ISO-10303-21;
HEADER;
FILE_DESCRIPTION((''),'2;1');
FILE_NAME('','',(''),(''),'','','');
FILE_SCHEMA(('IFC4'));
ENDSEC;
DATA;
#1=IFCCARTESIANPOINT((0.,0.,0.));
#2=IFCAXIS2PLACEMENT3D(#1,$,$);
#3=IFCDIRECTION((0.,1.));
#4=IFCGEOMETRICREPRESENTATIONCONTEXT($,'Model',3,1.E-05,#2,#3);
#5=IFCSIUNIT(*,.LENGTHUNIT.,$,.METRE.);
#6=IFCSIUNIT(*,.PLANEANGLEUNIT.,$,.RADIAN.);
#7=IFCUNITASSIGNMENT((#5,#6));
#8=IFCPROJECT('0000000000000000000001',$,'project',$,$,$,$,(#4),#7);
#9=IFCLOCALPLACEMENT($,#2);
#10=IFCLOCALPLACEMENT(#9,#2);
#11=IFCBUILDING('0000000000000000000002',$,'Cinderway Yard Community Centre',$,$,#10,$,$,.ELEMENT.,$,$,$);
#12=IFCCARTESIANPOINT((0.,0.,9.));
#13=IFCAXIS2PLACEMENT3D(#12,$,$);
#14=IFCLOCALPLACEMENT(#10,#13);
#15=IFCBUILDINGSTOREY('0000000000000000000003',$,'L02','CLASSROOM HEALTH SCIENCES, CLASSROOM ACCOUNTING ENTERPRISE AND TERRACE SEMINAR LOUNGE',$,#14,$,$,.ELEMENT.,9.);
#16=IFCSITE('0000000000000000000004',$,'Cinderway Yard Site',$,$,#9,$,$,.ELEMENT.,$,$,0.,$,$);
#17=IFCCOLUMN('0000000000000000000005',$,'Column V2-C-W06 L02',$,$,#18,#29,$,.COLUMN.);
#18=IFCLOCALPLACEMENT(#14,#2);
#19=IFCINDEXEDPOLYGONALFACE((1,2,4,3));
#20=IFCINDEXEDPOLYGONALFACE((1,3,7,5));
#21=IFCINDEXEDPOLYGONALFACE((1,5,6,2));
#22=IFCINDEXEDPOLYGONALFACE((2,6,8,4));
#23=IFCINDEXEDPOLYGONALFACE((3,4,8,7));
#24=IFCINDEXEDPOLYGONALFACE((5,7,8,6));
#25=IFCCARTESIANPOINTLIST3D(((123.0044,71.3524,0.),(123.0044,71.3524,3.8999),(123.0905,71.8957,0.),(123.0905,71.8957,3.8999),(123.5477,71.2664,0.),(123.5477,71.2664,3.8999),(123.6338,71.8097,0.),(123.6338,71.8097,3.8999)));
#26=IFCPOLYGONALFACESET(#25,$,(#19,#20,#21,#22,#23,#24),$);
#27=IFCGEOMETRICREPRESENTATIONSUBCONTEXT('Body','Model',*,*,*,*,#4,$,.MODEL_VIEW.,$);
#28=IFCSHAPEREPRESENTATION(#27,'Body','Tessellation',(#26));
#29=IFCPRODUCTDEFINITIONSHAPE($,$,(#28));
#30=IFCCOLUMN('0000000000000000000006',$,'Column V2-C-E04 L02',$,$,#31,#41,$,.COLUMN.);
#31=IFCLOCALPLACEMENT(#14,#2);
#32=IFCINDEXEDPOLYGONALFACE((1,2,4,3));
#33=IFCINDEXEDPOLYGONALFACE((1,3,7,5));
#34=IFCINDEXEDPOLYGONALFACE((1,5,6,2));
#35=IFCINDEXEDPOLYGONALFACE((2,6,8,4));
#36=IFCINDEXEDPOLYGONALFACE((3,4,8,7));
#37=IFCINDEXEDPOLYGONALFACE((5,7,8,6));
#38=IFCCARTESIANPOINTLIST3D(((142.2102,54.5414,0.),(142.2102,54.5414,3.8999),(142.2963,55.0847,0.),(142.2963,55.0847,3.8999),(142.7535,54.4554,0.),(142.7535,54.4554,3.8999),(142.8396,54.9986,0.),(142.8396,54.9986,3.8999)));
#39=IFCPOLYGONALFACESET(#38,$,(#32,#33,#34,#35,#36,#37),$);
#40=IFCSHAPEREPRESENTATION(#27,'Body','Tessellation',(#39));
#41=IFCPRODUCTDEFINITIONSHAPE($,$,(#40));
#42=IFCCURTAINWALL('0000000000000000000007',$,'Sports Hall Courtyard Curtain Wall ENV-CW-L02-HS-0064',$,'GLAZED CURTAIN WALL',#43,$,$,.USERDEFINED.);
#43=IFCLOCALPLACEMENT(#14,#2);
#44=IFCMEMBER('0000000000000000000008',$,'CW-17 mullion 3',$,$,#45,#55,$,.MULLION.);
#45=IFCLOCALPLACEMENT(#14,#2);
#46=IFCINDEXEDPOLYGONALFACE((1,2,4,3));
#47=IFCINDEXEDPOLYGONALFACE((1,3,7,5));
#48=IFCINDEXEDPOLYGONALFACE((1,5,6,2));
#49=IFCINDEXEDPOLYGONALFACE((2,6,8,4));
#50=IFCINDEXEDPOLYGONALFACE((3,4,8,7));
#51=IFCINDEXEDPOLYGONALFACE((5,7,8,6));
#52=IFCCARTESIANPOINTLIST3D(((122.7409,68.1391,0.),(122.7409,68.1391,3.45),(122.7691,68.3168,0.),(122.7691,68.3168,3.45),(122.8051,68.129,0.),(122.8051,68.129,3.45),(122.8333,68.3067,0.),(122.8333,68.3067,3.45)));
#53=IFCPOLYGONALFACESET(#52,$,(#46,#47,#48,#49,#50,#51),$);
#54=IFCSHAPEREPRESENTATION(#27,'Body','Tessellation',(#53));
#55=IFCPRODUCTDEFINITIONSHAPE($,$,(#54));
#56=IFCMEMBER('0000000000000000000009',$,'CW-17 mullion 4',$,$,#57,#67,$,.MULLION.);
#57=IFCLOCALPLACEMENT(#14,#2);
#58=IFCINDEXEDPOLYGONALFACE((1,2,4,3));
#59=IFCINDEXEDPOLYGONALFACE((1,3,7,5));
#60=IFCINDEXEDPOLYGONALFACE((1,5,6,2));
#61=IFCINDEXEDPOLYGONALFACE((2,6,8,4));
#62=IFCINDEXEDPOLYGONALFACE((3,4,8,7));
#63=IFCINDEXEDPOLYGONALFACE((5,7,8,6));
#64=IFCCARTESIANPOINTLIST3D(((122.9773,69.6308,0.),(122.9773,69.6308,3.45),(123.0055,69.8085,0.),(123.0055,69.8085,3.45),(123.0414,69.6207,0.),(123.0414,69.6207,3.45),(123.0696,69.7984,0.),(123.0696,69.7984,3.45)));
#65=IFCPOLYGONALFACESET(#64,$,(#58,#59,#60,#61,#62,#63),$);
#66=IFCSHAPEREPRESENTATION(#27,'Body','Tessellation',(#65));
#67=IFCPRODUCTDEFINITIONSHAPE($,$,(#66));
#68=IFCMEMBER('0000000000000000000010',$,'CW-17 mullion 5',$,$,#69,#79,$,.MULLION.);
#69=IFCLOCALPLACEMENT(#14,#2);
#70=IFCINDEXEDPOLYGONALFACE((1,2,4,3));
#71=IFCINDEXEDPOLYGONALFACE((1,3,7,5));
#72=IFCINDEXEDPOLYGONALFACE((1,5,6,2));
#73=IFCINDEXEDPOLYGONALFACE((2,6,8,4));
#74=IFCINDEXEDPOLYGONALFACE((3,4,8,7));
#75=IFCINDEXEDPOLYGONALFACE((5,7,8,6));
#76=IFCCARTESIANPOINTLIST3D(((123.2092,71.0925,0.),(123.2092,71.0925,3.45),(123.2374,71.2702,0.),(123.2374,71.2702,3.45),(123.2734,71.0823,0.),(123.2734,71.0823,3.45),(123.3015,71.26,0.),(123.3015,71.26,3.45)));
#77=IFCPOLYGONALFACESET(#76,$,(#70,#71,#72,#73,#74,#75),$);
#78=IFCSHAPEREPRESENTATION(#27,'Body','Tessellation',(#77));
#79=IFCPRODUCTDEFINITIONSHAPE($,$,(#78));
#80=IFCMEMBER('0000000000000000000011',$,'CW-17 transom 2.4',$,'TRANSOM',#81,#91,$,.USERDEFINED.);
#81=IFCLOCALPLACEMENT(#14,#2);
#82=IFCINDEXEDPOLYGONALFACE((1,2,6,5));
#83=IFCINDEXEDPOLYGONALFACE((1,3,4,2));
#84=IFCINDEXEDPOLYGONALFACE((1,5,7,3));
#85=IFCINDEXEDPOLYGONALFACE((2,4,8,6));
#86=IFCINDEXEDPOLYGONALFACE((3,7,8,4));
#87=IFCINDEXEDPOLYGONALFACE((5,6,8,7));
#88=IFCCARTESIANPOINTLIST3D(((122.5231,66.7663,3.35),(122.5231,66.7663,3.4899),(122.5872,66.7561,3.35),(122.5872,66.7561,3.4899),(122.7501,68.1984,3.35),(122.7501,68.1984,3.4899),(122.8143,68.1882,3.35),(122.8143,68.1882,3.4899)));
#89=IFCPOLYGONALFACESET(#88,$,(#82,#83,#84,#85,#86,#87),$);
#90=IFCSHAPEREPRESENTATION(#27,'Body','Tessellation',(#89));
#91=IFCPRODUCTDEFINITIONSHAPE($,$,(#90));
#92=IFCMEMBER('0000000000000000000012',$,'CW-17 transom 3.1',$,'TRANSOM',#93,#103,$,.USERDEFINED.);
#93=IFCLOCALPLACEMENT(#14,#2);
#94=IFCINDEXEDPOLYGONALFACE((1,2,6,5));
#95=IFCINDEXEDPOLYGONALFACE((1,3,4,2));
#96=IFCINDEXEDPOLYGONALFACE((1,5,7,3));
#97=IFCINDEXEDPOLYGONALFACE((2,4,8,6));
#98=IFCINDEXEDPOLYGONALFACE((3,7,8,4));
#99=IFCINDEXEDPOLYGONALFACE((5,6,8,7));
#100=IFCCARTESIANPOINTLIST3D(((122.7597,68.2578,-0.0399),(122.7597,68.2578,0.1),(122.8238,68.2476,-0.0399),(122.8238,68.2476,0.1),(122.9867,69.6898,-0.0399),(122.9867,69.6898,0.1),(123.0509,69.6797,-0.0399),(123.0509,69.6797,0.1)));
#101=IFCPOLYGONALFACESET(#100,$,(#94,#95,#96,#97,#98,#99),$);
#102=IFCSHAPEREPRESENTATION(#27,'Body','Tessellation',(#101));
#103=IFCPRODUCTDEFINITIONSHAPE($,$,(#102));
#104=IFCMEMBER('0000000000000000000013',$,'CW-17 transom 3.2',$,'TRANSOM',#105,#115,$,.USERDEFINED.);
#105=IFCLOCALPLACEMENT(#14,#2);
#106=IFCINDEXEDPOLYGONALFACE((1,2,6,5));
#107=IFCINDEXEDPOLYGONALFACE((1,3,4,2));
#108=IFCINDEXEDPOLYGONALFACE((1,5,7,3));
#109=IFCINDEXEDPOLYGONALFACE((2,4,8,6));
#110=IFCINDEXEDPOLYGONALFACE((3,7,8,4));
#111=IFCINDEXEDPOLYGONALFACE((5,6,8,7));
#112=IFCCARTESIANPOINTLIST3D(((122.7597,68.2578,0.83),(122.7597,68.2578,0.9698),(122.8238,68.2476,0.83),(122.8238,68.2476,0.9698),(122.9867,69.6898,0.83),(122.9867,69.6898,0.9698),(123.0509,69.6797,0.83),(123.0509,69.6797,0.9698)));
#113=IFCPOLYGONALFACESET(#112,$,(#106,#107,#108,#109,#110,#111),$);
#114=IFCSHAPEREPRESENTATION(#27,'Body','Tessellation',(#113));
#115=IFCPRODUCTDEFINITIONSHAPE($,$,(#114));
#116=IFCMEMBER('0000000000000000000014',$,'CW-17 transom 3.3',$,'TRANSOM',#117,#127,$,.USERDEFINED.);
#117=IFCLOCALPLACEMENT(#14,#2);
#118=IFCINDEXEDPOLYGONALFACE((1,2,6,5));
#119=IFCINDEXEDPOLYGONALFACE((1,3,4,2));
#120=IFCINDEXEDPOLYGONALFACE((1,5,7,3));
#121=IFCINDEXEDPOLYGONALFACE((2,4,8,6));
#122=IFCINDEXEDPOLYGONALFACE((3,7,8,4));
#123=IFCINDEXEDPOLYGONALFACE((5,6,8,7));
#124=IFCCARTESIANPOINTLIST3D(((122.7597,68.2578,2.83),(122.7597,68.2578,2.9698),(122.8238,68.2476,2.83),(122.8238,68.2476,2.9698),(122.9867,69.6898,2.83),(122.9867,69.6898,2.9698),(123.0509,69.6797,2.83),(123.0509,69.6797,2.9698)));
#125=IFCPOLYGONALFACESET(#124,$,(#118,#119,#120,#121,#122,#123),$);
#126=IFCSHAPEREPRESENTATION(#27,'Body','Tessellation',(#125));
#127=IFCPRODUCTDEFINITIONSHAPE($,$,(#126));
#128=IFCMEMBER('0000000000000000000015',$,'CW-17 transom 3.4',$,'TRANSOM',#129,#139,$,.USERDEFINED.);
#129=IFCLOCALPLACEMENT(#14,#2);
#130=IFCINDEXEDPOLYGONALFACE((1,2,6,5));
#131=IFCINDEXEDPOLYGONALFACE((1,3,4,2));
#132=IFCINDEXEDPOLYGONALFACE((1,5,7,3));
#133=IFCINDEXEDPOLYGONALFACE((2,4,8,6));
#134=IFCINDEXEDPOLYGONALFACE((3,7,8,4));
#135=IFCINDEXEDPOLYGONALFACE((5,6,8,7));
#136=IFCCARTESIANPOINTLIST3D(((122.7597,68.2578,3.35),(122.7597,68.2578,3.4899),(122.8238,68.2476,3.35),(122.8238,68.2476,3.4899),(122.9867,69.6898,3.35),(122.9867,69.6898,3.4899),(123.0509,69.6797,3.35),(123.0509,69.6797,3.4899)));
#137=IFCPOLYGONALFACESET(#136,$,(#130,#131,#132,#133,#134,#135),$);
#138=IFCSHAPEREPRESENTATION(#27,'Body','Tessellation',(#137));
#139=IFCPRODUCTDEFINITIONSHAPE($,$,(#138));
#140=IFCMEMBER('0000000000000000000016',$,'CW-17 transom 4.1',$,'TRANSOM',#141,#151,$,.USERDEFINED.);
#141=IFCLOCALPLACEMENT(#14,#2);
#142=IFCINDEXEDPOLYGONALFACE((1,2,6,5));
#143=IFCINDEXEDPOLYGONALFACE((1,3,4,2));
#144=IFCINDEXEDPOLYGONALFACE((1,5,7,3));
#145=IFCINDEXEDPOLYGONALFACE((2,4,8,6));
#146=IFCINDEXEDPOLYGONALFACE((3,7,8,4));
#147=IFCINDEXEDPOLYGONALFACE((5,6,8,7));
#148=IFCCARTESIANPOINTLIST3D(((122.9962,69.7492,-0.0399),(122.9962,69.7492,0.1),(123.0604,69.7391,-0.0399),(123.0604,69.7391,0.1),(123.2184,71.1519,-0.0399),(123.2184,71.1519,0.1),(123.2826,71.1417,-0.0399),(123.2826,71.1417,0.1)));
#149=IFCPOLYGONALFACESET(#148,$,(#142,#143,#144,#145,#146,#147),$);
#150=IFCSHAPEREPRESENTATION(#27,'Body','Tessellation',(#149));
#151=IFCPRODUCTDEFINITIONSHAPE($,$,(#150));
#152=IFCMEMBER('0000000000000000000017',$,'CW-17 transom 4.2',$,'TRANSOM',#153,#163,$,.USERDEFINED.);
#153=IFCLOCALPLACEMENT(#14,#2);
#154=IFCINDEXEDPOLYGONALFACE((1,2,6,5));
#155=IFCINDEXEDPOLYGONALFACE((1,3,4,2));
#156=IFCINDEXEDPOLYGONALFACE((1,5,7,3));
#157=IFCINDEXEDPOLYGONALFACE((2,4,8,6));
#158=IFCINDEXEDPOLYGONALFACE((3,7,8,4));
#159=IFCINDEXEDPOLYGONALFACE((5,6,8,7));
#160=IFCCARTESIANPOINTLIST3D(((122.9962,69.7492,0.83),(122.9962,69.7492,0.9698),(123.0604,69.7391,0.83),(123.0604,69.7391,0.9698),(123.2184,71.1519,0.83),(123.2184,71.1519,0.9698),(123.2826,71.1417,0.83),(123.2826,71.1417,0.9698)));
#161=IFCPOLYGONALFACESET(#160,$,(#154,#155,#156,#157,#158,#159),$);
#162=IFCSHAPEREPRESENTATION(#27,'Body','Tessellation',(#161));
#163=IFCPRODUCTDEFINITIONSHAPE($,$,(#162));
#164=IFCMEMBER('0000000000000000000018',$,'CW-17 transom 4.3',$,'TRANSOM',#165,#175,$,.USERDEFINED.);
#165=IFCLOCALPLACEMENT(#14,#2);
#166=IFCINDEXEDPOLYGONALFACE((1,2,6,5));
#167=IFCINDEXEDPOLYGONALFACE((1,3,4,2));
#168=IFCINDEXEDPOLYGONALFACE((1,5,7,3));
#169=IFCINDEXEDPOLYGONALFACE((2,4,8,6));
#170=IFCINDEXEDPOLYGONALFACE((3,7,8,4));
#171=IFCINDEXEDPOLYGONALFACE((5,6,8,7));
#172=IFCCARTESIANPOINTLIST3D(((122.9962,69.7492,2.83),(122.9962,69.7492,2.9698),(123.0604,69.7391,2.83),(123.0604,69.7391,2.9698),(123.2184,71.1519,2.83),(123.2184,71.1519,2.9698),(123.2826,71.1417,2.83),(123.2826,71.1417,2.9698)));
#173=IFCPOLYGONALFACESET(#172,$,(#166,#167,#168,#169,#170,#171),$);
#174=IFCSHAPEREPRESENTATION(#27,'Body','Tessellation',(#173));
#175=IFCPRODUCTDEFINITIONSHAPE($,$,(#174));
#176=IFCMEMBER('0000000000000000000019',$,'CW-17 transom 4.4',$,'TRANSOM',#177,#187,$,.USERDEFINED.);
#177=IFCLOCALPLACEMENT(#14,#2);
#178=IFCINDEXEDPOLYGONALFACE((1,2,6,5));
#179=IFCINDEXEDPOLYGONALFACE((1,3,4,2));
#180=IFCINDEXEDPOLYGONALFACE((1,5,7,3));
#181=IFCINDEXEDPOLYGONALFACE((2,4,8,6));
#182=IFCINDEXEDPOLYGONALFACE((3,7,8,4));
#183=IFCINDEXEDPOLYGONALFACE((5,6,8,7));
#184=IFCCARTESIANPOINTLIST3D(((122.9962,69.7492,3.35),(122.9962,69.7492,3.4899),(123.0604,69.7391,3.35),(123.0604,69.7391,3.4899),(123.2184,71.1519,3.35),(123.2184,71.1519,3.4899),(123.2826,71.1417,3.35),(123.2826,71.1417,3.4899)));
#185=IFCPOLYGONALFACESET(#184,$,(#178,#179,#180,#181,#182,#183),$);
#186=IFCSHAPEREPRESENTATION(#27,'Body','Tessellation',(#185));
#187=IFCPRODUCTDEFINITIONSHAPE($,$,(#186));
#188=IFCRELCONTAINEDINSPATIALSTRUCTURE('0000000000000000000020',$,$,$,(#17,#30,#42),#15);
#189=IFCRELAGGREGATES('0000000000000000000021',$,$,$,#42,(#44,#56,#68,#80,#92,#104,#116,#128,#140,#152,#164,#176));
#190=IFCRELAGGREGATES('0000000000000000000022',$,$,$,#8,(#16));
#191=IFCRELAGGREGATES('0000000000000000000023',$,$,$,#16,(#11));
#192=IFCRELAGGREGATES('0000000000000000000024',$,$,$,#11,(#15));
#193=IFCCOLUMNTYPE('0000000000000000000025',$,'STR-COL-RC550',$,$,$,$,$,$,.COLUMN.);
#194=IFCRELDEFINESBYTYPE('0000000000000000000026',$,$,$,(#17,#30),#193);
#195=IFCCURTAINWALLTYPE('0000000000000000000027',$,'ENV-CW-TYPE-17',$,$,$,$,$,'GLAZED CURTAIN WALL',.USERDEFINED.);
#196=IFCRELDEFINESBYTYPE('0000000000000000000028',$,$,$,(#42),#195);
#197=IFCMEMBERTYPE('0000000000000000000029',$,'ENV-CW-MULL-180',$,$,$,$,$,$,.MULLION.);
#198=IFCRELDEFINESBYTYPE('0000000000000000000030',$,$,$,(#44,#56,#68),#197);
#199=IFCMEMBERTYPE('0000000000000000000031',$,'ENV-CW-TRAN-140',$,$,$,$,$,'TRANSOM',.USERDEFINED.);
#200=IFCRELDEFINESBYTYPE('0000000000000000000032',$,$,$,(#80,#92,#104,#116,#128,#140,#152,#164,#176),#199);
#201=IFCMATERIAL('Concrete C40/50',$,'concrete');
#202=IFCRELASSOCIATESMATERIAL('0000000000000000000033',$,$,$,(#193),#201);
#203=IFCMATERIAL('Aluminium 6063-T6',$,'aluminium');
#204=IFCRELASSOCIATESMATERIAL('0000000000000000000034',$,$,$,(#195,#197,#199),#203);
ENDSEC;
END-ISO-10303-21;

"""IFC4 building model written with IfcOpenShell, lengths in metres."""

from ifc_helpers import new_model, si_unit, direction, frame, origin, origin_2d, place, context, subcontext, project, spatial, rectangle, extrude, material, material_profile, profile_set, type_object, element, aggregate, save


model = new_model("IFC4")

# Units and contexts
model_context = context("Model", 3, precision=1e-05, world=origin(), true_north=direction((0.0, 1.0)))
body_context = subcontext(model_context, "Body", "Model", "MODEL_VIEW")
ifc_project = project(units=[si_unit("LENGTHUNIT", "METRE"), si_unit("PLANEANGLEUNIT", "RADIAN")], contexts=[model_context])

# Site, building, storey
site_placement = place(None, origin())
site = spatial("IfcSite", under=ifc_project, at=site_placement, Name="Cinderway Yard Site", CompositionType="ELEMENT", RefElevation=0.0)
building_placement = place(site_placement, origin())
building = spatial("IfcBuilding", under=site, at=building_placement, Name="Cinderway Yard Community Centre", CompositionType="ELEMENT")
storey_placement = place(building_placement, frame((0.0, 0.0, 9.0)))
storey = spatial("IfcBuildingStorey", under=building, at=storey_placement, Name="L02", Description="CLASSROOM HEALTH SCIENCES, CLASSROOM ACCOUNTING ENTERPRISE AND TERRACE SEMINAR LOUNGE", CompositionType="ELEMENT", Elevation=9.0)

# Columns
ifc_material_1 = material(Name="Concrete C40/50", Category="concrete")
ifc_material_profile_1 = material_profile(ifc_material_1, rectangle(XDim=0.55, YDim=0.55, at=origin_2d()), Name="Concrete C40/50")
ifc_profile_set_1 = profile_set([ifc_material_profile_1], Name="Concrete C40/50")
column_type = type_object("IfcColumnType", Name="STR-COL-RC550", PredefinedType="COLUMN", material=ifc_profile_set_1)
for number, where, z_axis, x_axis, name in (
    (1, (123.3191, 71.5811, 0.0), (0.0, 0.0, 1.0), (0.987688, -0.156434, 0.0), "Column V2-C-W06 L02"),
    (2, (142.5249, 54.77, 0.0), (0.0, 0.0, 1.0), (0.987688, -0.156434, 0.0), "Column V2-C-E04 L02"),
):
    element("IfcColumn", number, at=place(storey_placement, frame(where, z_axis=z_axis, x_axis=x_axis)), inside=storey, type_object=column_type, Name=name, PredefinedType="COLUMN", context=body_context, shape_type="SweptSolid", body=[
        extrude(rectangle(XDim=0.55, YDim=0.55, at=origin_2d()), origin(), (0.0, 0.0, 1.0), 3.8999),
    ])

# Curtain wall, members
ifc_material_2 = material(Name="Aluminium 6063-T6", Category="aluminium")
curtain_wall_type = type_object("IfcCurtainWallType", Name="ENV-CW-TYPE-17", ElementType="GLAZED CURTAIN WALL", PredefinedType="USERDEFINED", material=ifc_material_2)
curtain_wall_placement = place(storey_placement, origin())
curtain_wall = element("IfcCurtainWall", 3, at=curtain_wall_placement, inside=storey, type_object=curtain_wall_type, Name="Sports Hall Courtyard Curtain Wall ENV-CW-L02-HS-0064", ObjectType="GLAZED CURTAIN WALL", PredefinedType="USERDEFINED")
ifc_material_profile_2 = material_profile(ifc_material_2, rectangle(XDim=0.0649, YDim=0.1799, at=origin_2d()), Name="Aluminium 6063-T6")
ifc_profile_set_2 = profile_set([ifc_material_profile_2], Name="Aluminium 6063-T6")
member_type_1 = type_object("IfcMemberType", Name="ENV-CW-MULL-180", PredefinedType="MULLION", material=ifc_profile_set_2)
member_1_placement = place(storey_placement, frame((122.7871, 68.2229, 0.0), z_axis=(0.0, 0.0, 1.0), x_axis=(-0.987661, 0.156609, 0.0)))
member_1 = element("IfcMember", 4, at=member_1_placement, type_object=member_type_1, Name="CW-17 mullion 3", PredefinedType="MULLION", context=body_context, shape_type="SweptSolid", body=[
    extrude(rectangle(XDim=0.0649, YDim=0.1799, at=origin_2d()), origin(), (0.0, 0.0, 1.0), 3.45),
])
member_2_placement = place(storey_placement, frame((123.0234, 69.7146, 0.0), z_axis=(0.0, 0.0, 1.0), x_axis=(-0.987661, 0.156609, 0.0)))
member_2 = element("IfcMember", 5, at=member_2_placement, type_object=member_type_1, Name="CW-17 mullion 4", PredefinedType="MULLION", context=body_context, shape_type="SweptSolid", body=[
    extrude(rectangle(XDim=0.0649, YDim=0.1799, at=origin_2d()), origin(), (0.0, 0.0, 1.0), 3.45),
])
member_3_placement = place(storey_placement, frame((123.2554, 71.1763, 0.0), z_axis=(0.0, 0.0, 1.0), x_axis=(-0.987661, 0.156609, 0.0)))
member_3 = element("IfcMember", 6, at=member_3_placement, type_object=member_type_1, Name="CW-17 mullion 5", PredefinedType="MULLION", context=body_context, shape_type="SweptSolid", body=[
    extrude(rectangle(XDim=0.0649, YDim=0.1799, at=origin_2d()), origin(), (0.0, 0.0, 1.0), 3.45),
])
ifc_material_profile_3 = material_profile(ifc_material_2, rectangle(XDim=0.0649, YDim=0.1399, at=origin_2d()), Name="Aluminium 6063-T6")
ifc_profile_set_3 = profile_set([ifc_material_profile_3], Name="Aluminium 6063-T6")
member_type_2 = type_object("IfcMemberType", Name="ENV-CW-TRAN-140", ElementType="TRANSOM", PredefinedType="USERDEFINED", material=ifc_profile_set_3)
member_4_placement = place(storey_placement, frame((122.5552, 66.7612, 3.4199), z_axis=(0.156585, 0.987664, 0.0), x_axis=(-0.987664, 0.156585, 0.0)))
member_4 = element("IfcMember", 7, at=member_4_placement, type_object=member_type_2, Name="CW-17 transom 2.4", ObjectType="TRANSOM", PredefinedType="USERDEFINED", context=body_context, shape_type="SweptSolid", body=[
    extrude(rectangle(XDim=0.0649, YDim=0.1399, at=origin_2d()), origin(), (0.0, 0.0, 1.0), 1.45),
])
member_5_placement = place(storey_placement, frame((122.7917, 68.2527, 0.03), z_axis=(0.156585, 0.987664, 0.0), x_axis=(-0.987664, 0.156585, 0.0)))
member_5 = element("IfcMember", 8, at=member_5_placement, type_object=member_type_2, Name="CW-17 transom 3.1", ObjectType="TRANSOM", PredefinedType="USERDEFINED", context=body_context, shape_type="SweptSolid", body=[
    extrude(rectangle(XDim=0.0649, YDim=0.1399, at=origin_2d()), origin(), (0.0, 0.0, 1.0), 1.45),
])
member_6_placement = place(storey_placement, frame((122.7917, 68.2527, 0.8999), z_axis=(0.156585, 0.987664, 0.0), x_axis=(-0.987664, 0.156585, 0.0)))
member_6 = element("IfcMember", 9, at=member_6_placement, type_object=member_type_2, Name="CW-17 transom 3.2", ObjectType="TRANSOM", PredefinedType="USERDEFINED", context=body_context, shape_type="SweptSolid", body=[
    extrude(rectangle(XDim=0.0649, YDim=0.1399, at=origin_2d()), origin(), (0.0, 0.0, 1.0), 1.45),
])
member_7_placement = place(storey_placement, frame((122.7917, 68.2527, 2.8999), z_axis=(0.156585, 0.987664, 0.0), x_axis=(-0.987664, 0.156585, 0.0)))
member_7 = element("IfcMember", 10, at=member_7_placement, type_object=member_type_2, Name="CW-17 transom 3.3", ObjectType="TRANSOM", PredefinedType="USERDEFINED", context=body_context, shape_type="SweptSolid", body=[
    extrude(rectangle(XDim=0.0649, YDim=0.1399, at=origin_2d()), origin(), (0.0, 0.0, 1.0), 1.45),
])
member_8_placement = place(storey_placement, frame((122.7917, 68.2527, 3.4199), z_axis=(0.156585, 0.987664, 0.0), x_axis=(-0.987664, 0.156585, 0.0)))
member_8 = element("IfcMember", 11, at=member_8_placement, type_object=member_type_2, Name="CW-17 transom 3.4", ObjectType="TRANSOM", PredefinedType="USERDEFINED", context=body_context, shape_type="SweptSolid", body=[
    extrude(rectangle(XDim=0.0649, YDim=0.1399, at=origin_2d()), origin(), (0.0, 0.0, 1.0), 1.45),
])
member_9_placement = place(storey_placement, frame((123.0283, 69.7441, 0.03), z_axis=(0.156448, 0.987686, 0.0), x_axis=(-0.987686, 0.156448, 0.0)))
member_9 = element("IfcMember", 12, at=member_9_placement, type_object=member_type_2, Name="CW-17 transom 4.1", ObjectType="TRANSOM", PredefinedType="USERDEFINED", context=body_context, shape_type="SweptSolid", body=[
    extrude(rectangle(XDim=0.0649, YDim=0.1399, at=origin_2d()), origin(), (0.0, 0.0, 1.0), 1.4202),
])
member_10_placement = place(storey_placement, frame((123.0283, 69.7441, 0.8999), z_axis=(0.156448, 0.987686, 0.0), x_axis=(-0.987686, 0.156448, 0.0)))
member_10 = element("IfcMember", 13, at=member_10_placement, type_object=member_type_2, Name="CW-17 transom 4.2", ObjectType="TRANSOM", PredefinedType="USERDEFINED", context=body_context, shape_type="SweptSolid", body=[
    extrude(rectangle(XDim=0.0649, YDim=0.1399, at=origin_2d()), origin(), (0.0, 0.0, 1.0), 1.4202),
])
member_11_placement = place(storey_placement, frame((123.0283, 69.7441, 2.8999), z_axis=(0.156448, 0.987686, 0.0), x_axis=(-0.987686, 0.156448, 0.0)))
member_11 = element("IfcMember", 14, at=member_11_placement, type_object=member_type_2, Name="CW-17 transom 4.3", ObjectType="TRANSOM", PredefinedType="USERDEFINED", context=body_context, shape_type="SweptSolid", body=[
    extrude(rectangle(XDim=0.0649, YDim=0.1399, at=origin_2d()), origin(), (0.0, 0.0, 1.0), 1.4202),
])
member_12_placement = place(storey_placement, frame((123.0283, 69.7441, 3.4199), z_axis=(0.156448, 0.987686, 0.0), x_axis=(-0.987686, 0.156448, 0.0)))
member_12 = element("IfcMember", 15, at=member_12_placement, type_object=member_type_2, Name="CW-17 transom 4.4", ObjectType="TRANSOM", PredefinedType="USERDEFINED", context=body_context, shape_type="SweptSolid", body=[
    extrude(rectangle(XDim=0.0649, YDim=0.1399, at=origin_2d()), origin(), (0.0, 0.0, 1.0), 1.4202),
])

aggregate(curtain_wall, [member_1, member_2, member_3, member_4, member_5, member_6, member_7, member_8, member_9, member_10, member_11, member_12])

save(model, "model.ifc")
